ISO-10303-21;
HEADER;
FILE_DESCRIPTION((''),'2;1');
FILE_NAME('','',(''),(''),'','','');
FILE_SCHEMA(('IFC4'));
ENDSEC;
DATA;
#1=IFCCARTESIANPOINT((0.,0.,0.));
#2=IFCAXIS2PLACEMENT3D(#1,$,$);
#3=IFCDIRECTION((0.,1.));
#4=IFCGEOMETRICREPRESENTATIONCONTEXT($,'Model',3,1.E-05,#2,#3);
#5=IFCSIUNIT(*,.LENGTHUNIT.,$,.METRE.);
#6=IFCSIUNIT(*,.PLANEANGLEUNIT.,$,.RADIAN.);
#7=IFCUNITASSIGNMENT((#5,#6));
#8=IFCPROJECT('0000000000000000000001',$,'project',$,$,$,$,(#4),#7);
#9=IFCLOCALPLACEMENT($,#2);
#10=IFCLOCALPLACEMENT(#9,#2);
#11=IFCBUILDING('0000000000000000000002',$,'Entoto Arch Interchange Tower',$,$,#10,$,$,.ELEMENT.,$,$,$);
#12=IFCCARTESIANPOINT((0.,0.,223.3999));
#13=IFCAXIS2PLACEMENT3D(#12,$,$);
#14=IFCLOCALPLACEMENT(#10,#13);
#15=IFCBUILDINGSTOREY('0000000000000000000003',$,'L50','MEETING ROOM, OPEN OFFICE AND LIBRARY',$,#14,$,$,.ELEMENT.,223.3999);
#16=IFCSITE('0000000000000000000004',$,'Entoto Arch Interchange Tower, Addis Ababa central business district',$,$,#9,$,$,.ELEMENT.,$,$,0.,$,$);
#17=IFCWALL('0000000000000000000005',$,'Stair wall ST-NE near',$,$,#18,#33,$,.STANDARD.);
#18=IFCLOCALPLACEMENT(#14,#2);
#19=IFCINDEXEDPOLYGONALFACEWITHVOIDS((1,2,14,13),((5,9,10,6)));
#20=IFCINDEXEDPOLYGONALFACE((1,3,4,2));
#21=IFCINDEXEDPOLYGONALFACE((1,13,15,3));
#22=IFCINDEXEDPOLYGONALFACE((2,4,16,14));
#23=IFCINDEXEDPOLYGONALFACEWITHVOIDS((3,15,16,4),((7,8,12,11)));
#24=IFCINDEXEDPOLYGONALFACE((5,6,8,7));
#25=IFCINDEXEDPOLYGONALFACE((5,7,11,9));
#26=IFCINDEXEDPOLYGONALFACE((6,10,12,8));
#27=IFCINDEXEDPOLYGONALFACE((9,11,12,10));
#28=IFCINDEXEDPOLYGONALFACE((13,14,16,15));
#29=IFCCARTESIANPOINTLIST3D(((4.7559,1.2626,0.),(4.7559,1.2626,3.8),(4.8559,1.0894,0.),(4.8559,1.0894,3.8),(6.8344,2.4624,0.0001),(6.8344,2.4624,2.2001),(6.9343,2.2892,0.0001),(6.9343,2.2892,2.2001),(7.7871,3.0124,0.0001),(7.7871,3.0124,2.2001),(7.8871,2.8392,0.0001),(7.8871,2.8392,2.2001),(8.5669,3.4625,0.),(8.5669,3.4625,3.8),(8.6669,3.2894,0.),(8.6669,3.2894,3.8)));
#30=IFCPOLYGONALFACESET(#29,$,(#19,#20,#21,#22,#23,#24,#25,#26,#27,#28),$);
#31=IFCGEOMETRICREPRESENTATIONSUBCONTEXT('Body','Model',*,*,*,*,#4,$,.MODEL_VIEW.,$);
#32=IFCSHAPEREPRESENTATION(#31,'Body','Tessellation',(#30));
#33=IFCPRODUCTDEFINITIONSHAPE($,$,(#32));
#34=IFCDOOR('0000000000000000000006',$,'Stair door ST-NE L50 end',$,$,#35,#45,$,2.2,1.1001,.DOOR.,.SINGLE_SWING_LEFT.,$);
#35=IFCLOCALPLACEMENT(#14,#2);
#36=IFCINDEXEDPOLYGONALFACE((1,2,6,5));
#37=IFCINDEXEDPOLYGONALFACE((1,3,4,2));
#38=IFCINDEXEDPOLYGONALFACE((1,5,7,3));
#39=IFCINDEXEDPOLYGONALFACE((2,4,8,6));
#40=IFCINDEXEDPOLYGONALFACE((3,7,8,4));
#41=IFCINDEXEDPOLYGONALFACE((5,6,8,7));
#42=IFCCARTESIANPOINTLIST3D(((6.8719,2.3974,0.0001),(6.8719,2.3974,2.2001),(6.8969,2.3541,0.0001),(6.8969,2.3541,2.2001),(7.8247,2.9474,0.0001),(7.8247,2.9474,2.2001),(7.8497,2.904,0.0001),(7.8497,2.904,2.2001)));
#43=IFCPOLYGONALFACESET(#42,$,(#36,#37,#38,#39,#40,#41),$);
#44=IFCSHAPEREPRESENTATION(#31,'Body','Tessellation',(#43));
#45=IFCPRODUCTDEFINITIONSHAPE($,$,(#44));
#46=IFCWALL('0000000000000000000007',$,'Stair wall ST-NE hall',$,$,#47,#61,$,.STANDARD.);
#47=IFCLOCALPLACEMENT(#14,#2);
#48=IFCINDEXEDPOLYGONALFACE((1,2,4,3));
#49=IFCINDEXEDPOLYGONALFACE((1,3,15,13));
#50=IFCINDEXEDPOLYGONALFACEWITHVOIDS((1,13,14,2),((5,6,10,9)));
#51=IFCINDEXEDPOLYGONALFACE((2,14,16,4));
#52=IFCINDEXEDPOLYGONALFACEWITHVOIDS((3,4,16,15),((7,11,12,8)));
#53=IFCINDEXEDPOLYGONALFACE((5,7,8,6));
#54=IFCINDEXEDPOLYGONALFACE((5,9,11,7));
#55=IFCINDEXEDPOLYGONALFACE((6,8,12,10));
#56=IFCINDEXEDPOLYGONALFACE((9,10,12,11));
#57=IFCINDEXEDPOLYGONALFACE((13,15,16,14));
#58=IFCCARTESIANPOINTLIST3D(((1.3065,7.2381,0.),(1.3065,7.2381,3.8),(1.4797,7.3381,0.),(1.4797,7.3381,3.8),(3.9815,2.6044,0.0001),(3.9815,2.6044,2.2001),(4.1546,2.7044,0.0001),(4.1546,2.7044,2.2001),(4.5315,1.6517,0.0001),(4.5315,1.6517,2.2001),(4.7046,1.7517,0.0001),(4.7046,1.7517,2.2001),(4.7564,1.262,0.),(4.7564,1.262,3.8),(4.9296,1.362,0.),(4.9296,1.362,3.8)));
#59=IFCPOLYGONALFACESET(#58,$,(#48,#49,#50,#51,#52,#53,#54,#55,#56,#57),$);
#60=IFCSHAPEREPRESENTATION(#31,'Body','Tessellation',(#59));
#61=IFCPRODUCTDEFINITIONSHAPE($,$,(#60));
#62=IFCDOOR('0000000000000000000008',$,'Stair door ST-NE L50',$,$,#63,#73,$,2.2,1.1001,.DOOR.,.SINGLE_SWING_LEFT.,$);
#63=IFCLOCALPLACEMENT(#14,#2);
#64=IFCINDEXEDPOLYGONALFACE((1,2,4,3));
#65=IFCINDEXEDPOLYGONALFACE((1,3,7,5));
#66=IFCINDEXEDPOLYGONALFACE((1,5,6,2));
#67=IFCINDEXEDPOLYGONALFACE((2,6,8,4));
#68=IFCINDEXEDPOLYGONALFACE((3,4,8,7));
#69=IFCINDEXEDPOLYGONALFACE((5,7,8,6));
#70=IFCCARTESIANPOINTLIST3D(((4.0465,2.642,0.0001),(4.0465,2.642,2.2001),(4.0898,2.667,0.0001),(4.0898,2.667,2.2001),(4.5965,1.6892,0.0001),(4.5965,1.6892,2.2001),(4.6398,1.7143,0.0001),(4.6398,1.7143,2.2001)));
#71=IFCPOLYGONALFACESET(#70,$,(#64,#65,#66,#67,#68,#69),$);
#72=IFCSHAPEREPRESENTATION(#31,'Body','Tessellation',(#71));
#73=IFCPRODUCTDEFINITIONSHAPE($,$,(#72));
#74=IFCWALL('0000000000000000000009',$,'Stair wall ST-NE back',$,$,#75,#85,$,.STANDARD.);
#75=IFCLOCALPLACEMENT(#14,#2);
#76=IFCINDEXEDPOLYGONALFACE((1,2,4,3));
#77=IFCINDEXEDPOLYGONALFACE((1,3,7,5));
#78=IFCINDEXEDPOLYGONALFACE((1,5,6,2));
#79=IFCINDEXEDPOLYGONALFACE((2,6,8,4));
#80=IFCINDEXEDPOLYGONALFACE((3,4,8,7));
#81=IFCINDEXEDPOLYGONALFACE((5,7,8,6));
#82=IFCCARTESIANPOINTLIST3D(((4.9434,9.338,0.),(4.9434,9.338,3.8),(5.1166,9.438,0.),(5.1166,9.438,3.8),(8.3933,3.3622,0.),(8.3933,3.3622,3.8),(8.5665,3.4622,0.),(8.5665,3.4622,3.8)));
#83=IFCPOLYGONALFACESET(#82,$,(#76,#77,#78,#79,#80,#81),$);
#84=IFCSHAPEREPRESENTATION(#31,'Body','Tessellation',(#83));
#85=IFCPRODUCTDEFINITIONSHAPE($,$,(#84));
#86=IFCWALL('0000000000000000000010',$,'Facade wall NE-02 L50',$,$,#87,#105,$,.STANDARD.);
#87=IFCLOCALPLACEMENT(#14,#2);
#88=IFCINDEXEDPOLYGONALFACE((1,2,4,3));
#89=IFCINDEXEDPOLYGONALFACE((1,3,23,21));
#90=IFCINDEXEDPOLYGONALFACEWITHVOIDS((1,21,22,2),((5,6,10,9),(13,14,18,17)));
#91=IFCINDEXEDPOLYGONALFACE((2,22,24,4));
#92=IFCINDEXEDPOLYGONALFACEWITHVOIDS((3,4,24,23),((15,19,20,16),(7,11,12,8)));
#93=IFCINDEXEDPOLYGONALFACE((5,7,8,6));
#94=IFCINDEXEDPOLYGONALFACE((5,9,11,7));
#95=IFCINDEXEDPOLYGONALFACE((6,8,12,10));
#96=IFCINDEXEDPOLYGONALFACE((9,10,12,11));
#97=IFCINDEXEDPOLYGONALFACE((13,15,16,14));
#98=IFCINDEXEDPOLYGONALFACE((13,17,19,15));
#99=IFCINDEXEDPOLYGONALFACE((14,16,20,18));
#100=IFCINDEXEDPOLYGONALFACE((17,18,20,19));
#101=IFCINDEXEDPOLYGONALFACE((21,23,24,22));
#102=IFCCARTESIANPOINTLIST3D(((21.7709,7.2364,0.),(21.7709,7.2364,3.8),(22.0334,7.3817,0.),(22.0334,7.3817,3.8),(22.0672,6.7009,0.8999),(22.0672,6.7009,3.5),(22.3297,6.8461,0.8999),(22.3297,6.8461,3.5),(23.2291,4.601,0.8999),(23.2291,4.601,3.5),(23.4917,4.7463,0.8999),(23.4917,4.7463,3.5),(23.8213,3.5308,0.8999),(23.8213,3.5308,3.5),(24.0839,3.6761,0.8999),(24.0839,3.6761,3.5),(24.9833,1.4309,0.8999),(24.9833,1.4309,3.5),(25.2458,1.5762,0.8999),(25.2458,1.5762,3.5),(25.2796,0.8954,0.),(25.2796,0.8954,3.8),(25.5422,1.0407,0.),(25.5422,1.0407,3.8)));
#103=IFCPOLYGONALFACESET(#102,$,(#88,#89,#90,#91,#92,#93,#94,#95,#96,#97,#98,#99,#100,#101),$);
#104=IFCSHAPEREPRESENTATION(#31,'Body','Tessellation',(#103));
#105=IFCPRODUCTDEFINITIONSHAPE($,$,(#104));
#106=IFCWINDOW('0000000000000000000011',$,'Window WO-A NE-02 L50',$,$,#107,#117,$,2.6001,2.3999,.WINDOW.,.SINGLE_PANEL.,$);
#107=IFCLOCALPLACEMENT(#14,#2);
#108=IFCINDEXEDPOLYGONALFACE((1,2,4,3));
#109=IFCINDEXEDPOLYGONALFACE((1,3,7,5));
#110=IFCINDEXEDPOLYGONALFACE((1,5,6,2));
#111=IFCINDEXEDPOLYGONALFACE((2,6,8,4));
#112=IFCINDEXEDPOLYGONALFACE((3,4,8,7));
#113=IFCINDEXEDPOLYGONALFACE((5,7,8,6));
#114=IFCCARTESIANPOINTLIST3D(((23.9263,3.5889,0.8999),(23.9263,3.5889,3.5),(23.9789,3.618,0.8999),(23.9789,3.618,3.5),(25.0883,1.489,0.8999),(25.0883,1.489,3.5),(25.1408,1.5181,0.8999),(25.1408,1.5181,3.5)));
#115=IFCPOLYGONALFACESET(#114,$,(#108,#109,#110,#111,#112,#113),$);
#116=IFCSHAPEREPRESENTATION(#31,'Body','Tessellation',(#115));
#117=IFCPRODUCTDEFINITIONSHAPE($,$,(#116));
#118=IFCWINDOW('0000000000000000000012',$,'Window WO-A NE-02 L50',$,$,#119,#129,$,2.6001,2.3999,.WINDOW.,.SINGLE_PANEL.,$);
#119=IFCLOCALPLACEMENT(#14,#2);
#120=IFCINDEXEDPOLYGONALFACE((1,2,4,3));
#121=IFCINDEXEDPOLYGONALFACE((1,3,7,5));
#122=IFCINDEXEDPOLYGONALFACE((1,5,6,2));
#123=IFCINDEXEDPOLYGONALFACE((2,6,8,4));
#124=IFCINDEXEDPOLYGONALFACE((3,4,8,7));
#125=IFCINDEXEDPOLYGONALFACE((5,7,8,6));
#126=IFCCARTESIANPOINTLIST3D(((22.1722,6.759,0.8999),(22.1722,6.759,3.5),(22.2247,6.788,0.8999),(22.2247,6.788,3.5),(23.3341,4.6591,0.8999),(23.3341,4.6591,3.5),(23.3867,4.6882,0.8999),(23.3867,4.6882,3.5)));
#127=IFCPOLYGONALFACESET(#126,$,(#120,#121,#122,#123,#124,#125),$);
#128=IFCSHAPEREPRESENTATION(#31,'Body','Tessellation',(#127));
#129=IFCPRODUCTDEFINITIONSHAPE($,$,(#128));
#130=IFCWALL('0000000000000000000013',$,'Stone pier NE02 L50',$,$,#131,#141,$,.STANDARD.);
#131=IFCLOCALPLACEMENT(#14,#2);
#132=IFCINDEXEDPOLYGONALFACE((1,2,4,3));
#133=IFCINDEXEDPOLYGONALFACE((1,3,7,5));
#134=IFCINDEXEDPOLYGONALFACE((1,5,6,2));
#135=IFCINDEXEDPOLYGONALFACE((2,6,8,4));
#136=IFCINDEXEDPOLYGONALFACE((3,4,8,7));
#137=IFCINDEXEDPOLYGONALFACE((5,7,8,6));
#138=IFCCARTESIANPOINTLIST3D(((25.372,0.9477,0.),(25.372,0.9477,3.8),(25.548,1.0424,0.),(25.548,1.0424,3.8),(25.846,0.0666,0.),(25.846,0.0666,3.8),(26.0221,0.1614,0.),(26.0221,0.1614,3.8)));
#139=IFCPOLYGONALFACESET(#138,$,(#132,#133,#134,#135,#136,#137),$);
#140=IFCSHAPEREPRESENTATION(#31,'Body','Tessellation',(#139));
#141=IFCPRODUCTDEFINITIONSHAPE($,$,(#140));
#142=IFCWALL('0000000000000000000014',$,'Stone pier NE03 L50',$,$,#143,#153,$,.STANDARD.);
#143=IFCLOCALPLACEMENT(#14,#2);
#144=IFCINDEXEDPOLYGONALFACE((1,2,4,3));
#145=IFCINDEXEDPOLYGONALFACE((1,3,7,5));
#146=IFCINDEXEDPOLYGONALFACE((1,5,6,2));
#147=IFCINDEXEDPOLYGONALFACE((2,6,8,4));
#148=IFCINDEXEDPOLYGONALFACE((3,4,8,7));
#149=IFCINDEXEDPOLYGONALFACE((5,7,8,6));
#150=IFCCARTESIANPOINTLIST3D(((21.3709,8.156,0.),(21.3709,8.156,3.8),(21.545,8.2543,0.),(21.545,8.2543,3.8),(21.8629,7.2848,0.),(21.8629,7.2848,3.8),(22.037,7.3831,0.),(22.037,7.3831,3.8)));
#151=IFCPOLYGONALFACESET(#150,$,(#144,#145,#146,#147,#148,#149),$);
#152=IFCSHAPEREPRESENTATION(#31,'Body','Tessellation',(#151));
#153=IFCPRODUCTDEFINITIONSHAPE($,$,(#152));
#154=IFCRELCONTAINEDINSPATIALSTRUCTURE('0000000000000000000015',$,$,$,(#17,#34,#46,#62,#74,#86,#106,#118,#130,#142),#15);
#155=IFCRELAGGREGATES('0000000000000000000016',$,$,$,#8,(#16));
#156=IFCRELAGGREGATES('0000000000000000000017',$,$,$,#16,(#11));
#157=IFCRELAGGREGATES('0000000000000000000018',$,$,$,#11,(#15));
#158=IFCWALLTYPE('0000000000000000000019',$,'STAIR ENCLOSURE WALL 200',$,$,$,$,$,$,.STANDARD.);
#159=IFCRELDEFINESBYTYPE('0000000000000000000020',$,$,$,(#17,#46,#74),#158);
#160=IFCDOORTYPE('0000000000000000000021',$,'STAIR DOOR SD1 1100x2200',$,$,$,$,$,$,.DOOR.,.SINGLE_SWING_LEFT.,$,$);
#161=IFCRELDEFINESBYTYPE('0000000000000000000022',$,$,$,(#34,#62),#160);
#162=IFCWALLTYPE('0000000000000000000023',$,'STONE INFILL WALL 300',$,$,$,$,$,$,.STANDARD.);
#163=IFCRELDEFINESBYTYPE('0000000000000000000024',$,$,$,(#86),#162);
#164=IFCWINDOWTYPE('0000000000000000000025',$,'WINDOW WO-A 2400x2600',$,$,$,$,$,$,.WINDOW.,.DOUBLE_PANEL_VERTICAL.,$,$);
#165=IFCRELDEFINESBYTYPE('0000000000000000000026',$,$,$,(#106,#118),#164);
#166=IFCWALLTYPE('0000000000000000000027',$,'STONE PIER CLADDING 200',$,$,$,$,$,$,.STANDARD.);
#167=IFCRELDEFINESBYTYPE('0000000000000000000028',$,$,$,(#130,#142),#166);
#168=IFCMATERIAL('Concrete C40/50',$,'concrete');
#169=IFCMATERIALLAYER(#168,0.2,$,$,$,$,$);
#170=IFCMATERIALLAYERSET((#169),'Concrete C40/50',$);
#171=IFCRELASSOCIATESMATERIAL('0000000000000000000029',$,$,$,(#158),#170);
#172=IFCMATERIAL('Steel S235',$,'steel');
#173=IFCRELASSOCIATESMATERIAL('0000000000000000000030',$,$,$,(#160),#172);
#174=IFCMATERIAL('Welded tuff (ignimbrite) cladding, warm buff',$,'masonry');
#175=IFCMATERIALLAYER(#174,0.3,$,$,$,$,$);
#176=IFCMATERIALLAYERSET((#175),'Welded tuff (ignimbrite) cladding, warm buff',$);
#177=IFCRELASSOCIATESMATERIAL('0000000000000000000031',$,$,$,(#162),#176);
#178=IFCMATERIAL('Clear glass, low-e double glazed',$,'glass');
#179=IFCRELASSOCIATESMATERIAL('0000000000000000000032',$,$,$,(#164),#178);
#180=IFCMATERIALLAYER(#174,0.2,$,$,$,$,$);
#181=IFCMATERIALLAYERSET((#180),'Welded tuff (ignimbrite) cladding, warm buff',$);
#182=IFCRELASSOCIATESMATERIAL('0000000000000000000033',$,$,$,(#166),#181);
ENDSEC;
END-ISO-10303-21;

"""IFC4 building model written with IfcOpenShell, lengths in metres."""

from ifc_helpers import new_model, si_unit, direction, frame, frame_2d, origin, place, context, subcontext, project, spatial, rectangle, extrude, material, layer, layer_set, type_object, element, fill, save


model = new_model("IFC4")

# Units and contexts
model_context = context("Model", 3, precision=1e-05, world=origin(), true_north=direction((0.0, 1.0)))
body_context = subcontext(model_context, "Body", "Model", "MODEL_VIEW")
ifc_project = project(units=[si_unit("LENGTHUNIT", "METRE"), si_unit("PLANEANGLEUNIT", "RADIAN")], contexts=[model_context])

# Site, building, storey
site_placement = place(None, origin())
site = spatial("IfcSite", under=ifc_project, at=site_placement, Name="Entoto Arch Interchange Tower, Addis Ababa central business district", CompositionType="ELEMENT", RefElevation=0.0)
building_placement = place(site_placement, origin())
building = spatial("IfcBuilding", under=site, at=building_placement, Name="Entoto Arch Interchange Tower", CompositionType="ELEMENT")
storey_placement = place(building_placement, frame((0.0, 0.0, 223.3999)))
storey = spatial("IfcBuildingStorey", under=building, at=storey_placement, Name="L50", Description="MEETING ROOM, OPEN OFFICE AND LIBRARY", CompositionType="ELEMENT", Elevation=223.3999)

# Shared definitions
ifc_material_1 = material(Name="Concrete C40/50", Category="concrete")

# Walls, openings, doors
ifc_layer_1 = layer(ifc_material_1, 0.2)
ifc_layer_set_1 = layer_set([ifc_layer_1], Name="Concrete C40/50")
wall_type_1 = type_object("IfcWallType", Name="STAIR ENCLOSURE WALL 200", PredefinedType="STANDARD", material=ifc_layer_set_1)
wall_1_placement = place(storey_placement, frame((4.8059, 1.176, 0.0), z_axis=(0.0, 0.0, 1.0), x_axis=(0.86606, 0.49994, 0.0)))
wall_1 = element("IfcWall", 1, at=wall_1_placement, inside=storey, type_object=wall_type_1, Name="Stair wall ST-NE near", PredefinedType="STANDARD", context=body_context, shape_type="SweptSolid", body=[
    extrude(rectangle(XDim=4.4004, YDim=0.2, at=frame_2d((2.2002, 0.0))), origin(), (0.0, 0.0, 1.0), 3.8),
])
opening_1_placement = place(wall_1_placement, frame((2.3999, 0.0, 0.0)))
opening_1 = element("IfcOpeningElement", 2, at=opening_1_placement, cuts=wall_1, PredefinedType="OPENING", context=body_context, shape_type="SweptSolid", body=[
    extrude(rectangle(XDim=1.1001, YDim=2.2, at=frame_2d((0.55, 1.1001))), frame((0.0, 0.1099, 0.0), z_axis=(0.0, -1.0, 0.0), x_axis=(1.0, 0.0, 0.0)), (0.0, 0.0, 1.0), 0.22),
])
ifc_material_2 = material(Name="Steel S235", Category="steel")
door_type_1 = type_object("IfcDoorType", Name="STAIR DOOR SD1 1100x2200", OperationType="SINGLE_SWING_LEFT", PredefinedType="DOOR", material=ifc_material_2)
door_1_placement = place(opening_1_placement, origin())
door_1 = element("IfcDoor", 3, at=door_1_placement, inside=storey, type_object=door_type_1, Name="Stair door ST-NE L50 end", OperationType="SINGLE_SWING_LEFT", OverallHeight=2.2, OverallWidth=1.1001, PredefinedType="DOOR", context=body_context, shape_type="SweptSolid", body=[
    extrude(rectangle(XDim=1.1001, YDim=2.2, at=frame_2d((0.55, 1.1001))), frame((0.0, 0.0249, 0.0), z_axis=(0.0, -1.0, 0.0), x_axis=(1.0, 0.0, 0.0)), (0.0, 0.0, 1.0), 0.05),
])
fill(opening_1, door_1)
wall_2_placement = place(storey_placement, frame((4.843, 1.312, 0.0), z_axis=(0.0, 0.0, 1.0), x_axis=(-0.499963, 0.866047, 0.0)))
wall_2 = element("IfcWall", 4, at=wall_2_placement, inside=storey, type_object=wall_type_1, Name="Stair wall ST-NE hall", PredefinedType="STANDARD", context=body_context, shape_type="SweptSolid", body=[
    extrude(rectangle(XDim=6.9004, YDim=0.2, at=frame_2d((3.4502, 0.0))), origin(), (0.0, 0.0, 1.0), 3.8),
])
opening_2_placement = place(wall_2_placement, frame((0.45, 0.0, 0.0)))
opening_2 = element("IfcOpeningElement", 5, at=opening_2_placement, cuts=wall_2, PredefinedType="OPENING", context=body_context, shape_type="SweptSolid", body=[
    extrude(rectangle(XDim=1.1001, YDim=2.2, at=frame_2d((0.55, 1.1001))), frame((0.0, 0.1099, 0.0), z_axis=(0.0, -1.0, 0.0), x_axis=(1.0, 0.0, 0.0)), (0.0, 0.0, 1.0), 0.22),
])
door_2_placement = place(opening_2_placement, origin())
door_2 = element("IfcDoor", 6, at=door_2_placement, inside=storey, type_object=door_type_1, Name="Stair door ST-NE L50", OperationType="SINGLE_SWING_LEFT", OverallHeight=2.2, OverallWidth=1.1001, PredefinedType="DOOR", context=body_context, shape_type="SweptSolid", body=[
    extrude(rectangle(XDim=1.1001, YDim=2.2, at=frame_2d((0.55, 1.1001))), frame((0.0, 0.0249, 0.0), z_axis=(0.0, -1.0, 0.0), x_axis=(1.0, 0.0, 0.0)), (0.0, 0.0, 1.0), 0.05),
])
fill(opening_2, door_2)

# Wall
wall_3_placement = place(storey_placement, frame((8.48, 3.4121, 0.0), z_axis=(0.0, 0.0, 1.0), x_axis=(-0.499979, 0.866038, 0.0)))
element("IfcWall", 7, at=wall_3_placement, inside=storey, type_object=wall_type_1, Name="Stair wall ST-NE back", PredefinedType="STANDARD", context=body_context, shape_type="SweptSolid", body=[
    extrude(rectangle(XDim=6.9001, YDim=0.2, at=frame_2d((3.4502, 0.0))), origin(), (0.0, 0.0, 1.0), 3.8),
])

# Wall, openings, windows
ifc_material_3 = material(Name="Welded tuff (ignimbrite) cladding, warm buff", Category="masonry")
ifc_layer_2 = layer(ifc_material_3, 0.3)
ifc_layer_set_2 = layer_set([ifc_layer_2], Name="Welded tuff (ignimbrite) cladding, warm buff")
wall_type_2 = type_object("IfcWallType", Name="STONE INFILL WALL 300", PredefinedType="STANDARD", material=ifc_layer_set_2)
wall_4_placement = place(storey_placement, frame((25.4109, 0.968, 0.0), z_axis=(0.0, 0.0, 1.0), x_axis=(-0.484163, 0.874978, 0.0)))
wall_4 = element("IfcWall", 8, at=wall_4_placement, inside=storey, type_object=wall_type_2, Name="Facade wall NE-02 L50", PredefinedType="STANDARD", context=body_context, shape_type="SweptSolid", body=[
    extrude(rectangle(XDim=7.2471, YDim=0.3, at=frame_2d((3.6235, 0.0))), origin(), (0.0, 0.0, 1.0), 3.8),
])
opening_3_placement = place(wall_4_placement, frame((0.6121, 0.0, 0.8999)))
opening_3 = element("IfcOpeningElement", 9, at=opening_3_placement, cuts=wall_4, PredefinedType="OPENING", context=body_context, shape_type="SweptSolid", body=[
    extrude(rectangle(XDim=2.3999, YDim=2.6001, at=frame_2d((1.2, 1.3))), frame((0.0, 0.1602, 0.0), z_axis=(0.0, -1.0, 0.0), x_axis=(1.0, 0.0, 0.0)), (0.0, 0.0, 1.0), 0.3201),
])
opening_4_placement = place(wall_4_placement, frame((4.2351, 0.0, 0.8999)))
opening_4 = element("IfcOpeningElement", 10, at=opening_4_placement, cuts=wall_4, PredefinedType="OPENING", context=body_context, shape_type="SweptSolid", body=[
    extrude(rectangle(XDim=2.3999, YDim=2.6001, at=frame_2d((1.2, 1.3))), frame((0.0, 0.1602, 0.0), z_axis=(0.0, -1.0, 0.0), x_axis=(1.0, 0.0, 0.0)), (0.0, 0.0, 1.0), 0.3201),
])
ifc_material_4 = material(Name="Clear glass, low-e double glazed", Category="glass")
window_type = type_object("IfcWindowType", Name="WINDOW WO-A 2400x2600", PartitioningType="DOUBLE_PANEL_VERTICAL", PredefinedType="WINDOW", material=ifc_material_4)
window_1_placement = place(opening_3_placement, origin())
window_1 = element("IfcWindow", 11, at=window_1_placement, inside=storey, type_object=window_type, Name="Window WO-A NE-02 L50", OverallHeight=2.6001, OverallWidth=2.3999, PartitioningType="SINGLE_PANEL", PredefinedType="WINDOW", context=body_context, shape_type="SweptSolid", body=[
    extrude(rectangle(XDim=2.3999, YDim=2.6001, at=frame_2d((1.2, 1.3))), frame((0.0, 0.03, 0.0), z_axis=(0.0, -1.0, 0.0), x_axis=(1.0, 0.0, 0.0)), (0.0, 0.0, 1.0), 0.0601),
])
fill(opening_3, window_1)
window_2_placement = place(opening_4_placement, origin())
window_2 = element("IfcWindow", 12, at=window_2_placement, inside=storey, type_object=window_type, Name="Window WO-A NE-02 L50", OverallHeight=2.6001, OverallWidth=2.3999, PartitioningType="SINGLE_PANEL", PredefinedType="WINDOW", context=body_context, shape_type="SweptSolid", body=[
    extrude(rectangle(XDim=2.3999, YDim=2.6001, at=frame_2d((1.2, 1.3))), frame((0.0, 0.03, 0.0), z_axis=(0.0, -1.0, 0.0), x_axis=(1.0, 0.0, 0.0)), (0.0, 0.0, 1.0), 0.0601),
])
fill(opening_4, window_2)

# Walls
ifc_layer_3 = layer(ifc_material_3, 0.2)
ifc_layer_set_3 = layer_set([ifc_layer_3], Name="Welded tuff (ignimbrite) cladding, warm buff")
wall_type_3 = type_object("IfcWallType", Name="STONE PIER CLADDING 200", PredefinedType="STANDARD", material=ifc_layer_set_3)
for number, where, z_axis, x_axis, name in (
    (13, (25.9341, 0.114, 0.0), (0.0, 0.0, 1.0), (-0.473852, 0.880604, 0.0), "Stone pier NE02 L50"),
    (14, (21.95, 7.334, 0.0), (0.0, 0.0, 1.0), (-0.491744, 0.87074, 0.0), "Stone pier NE03 L50"),
):
    element("IfcWall", number, at=place(storey_placement, frame(where, z_axis=z_axis, x_axis=x_axis)), inside=storey, type_object=wall_type_3, Name=name, PredefinedType="STANDARD", context=body_context, shape_type="SweptSolid", body=[
        extrude(rectangle(XDim=1.0005, YDim=0.2, at=frame_2d((0.5002, 0.0))), origin(), (0.0, 0.0, 1.0), 3.8),
    ])

save(model, "model.ifc")
